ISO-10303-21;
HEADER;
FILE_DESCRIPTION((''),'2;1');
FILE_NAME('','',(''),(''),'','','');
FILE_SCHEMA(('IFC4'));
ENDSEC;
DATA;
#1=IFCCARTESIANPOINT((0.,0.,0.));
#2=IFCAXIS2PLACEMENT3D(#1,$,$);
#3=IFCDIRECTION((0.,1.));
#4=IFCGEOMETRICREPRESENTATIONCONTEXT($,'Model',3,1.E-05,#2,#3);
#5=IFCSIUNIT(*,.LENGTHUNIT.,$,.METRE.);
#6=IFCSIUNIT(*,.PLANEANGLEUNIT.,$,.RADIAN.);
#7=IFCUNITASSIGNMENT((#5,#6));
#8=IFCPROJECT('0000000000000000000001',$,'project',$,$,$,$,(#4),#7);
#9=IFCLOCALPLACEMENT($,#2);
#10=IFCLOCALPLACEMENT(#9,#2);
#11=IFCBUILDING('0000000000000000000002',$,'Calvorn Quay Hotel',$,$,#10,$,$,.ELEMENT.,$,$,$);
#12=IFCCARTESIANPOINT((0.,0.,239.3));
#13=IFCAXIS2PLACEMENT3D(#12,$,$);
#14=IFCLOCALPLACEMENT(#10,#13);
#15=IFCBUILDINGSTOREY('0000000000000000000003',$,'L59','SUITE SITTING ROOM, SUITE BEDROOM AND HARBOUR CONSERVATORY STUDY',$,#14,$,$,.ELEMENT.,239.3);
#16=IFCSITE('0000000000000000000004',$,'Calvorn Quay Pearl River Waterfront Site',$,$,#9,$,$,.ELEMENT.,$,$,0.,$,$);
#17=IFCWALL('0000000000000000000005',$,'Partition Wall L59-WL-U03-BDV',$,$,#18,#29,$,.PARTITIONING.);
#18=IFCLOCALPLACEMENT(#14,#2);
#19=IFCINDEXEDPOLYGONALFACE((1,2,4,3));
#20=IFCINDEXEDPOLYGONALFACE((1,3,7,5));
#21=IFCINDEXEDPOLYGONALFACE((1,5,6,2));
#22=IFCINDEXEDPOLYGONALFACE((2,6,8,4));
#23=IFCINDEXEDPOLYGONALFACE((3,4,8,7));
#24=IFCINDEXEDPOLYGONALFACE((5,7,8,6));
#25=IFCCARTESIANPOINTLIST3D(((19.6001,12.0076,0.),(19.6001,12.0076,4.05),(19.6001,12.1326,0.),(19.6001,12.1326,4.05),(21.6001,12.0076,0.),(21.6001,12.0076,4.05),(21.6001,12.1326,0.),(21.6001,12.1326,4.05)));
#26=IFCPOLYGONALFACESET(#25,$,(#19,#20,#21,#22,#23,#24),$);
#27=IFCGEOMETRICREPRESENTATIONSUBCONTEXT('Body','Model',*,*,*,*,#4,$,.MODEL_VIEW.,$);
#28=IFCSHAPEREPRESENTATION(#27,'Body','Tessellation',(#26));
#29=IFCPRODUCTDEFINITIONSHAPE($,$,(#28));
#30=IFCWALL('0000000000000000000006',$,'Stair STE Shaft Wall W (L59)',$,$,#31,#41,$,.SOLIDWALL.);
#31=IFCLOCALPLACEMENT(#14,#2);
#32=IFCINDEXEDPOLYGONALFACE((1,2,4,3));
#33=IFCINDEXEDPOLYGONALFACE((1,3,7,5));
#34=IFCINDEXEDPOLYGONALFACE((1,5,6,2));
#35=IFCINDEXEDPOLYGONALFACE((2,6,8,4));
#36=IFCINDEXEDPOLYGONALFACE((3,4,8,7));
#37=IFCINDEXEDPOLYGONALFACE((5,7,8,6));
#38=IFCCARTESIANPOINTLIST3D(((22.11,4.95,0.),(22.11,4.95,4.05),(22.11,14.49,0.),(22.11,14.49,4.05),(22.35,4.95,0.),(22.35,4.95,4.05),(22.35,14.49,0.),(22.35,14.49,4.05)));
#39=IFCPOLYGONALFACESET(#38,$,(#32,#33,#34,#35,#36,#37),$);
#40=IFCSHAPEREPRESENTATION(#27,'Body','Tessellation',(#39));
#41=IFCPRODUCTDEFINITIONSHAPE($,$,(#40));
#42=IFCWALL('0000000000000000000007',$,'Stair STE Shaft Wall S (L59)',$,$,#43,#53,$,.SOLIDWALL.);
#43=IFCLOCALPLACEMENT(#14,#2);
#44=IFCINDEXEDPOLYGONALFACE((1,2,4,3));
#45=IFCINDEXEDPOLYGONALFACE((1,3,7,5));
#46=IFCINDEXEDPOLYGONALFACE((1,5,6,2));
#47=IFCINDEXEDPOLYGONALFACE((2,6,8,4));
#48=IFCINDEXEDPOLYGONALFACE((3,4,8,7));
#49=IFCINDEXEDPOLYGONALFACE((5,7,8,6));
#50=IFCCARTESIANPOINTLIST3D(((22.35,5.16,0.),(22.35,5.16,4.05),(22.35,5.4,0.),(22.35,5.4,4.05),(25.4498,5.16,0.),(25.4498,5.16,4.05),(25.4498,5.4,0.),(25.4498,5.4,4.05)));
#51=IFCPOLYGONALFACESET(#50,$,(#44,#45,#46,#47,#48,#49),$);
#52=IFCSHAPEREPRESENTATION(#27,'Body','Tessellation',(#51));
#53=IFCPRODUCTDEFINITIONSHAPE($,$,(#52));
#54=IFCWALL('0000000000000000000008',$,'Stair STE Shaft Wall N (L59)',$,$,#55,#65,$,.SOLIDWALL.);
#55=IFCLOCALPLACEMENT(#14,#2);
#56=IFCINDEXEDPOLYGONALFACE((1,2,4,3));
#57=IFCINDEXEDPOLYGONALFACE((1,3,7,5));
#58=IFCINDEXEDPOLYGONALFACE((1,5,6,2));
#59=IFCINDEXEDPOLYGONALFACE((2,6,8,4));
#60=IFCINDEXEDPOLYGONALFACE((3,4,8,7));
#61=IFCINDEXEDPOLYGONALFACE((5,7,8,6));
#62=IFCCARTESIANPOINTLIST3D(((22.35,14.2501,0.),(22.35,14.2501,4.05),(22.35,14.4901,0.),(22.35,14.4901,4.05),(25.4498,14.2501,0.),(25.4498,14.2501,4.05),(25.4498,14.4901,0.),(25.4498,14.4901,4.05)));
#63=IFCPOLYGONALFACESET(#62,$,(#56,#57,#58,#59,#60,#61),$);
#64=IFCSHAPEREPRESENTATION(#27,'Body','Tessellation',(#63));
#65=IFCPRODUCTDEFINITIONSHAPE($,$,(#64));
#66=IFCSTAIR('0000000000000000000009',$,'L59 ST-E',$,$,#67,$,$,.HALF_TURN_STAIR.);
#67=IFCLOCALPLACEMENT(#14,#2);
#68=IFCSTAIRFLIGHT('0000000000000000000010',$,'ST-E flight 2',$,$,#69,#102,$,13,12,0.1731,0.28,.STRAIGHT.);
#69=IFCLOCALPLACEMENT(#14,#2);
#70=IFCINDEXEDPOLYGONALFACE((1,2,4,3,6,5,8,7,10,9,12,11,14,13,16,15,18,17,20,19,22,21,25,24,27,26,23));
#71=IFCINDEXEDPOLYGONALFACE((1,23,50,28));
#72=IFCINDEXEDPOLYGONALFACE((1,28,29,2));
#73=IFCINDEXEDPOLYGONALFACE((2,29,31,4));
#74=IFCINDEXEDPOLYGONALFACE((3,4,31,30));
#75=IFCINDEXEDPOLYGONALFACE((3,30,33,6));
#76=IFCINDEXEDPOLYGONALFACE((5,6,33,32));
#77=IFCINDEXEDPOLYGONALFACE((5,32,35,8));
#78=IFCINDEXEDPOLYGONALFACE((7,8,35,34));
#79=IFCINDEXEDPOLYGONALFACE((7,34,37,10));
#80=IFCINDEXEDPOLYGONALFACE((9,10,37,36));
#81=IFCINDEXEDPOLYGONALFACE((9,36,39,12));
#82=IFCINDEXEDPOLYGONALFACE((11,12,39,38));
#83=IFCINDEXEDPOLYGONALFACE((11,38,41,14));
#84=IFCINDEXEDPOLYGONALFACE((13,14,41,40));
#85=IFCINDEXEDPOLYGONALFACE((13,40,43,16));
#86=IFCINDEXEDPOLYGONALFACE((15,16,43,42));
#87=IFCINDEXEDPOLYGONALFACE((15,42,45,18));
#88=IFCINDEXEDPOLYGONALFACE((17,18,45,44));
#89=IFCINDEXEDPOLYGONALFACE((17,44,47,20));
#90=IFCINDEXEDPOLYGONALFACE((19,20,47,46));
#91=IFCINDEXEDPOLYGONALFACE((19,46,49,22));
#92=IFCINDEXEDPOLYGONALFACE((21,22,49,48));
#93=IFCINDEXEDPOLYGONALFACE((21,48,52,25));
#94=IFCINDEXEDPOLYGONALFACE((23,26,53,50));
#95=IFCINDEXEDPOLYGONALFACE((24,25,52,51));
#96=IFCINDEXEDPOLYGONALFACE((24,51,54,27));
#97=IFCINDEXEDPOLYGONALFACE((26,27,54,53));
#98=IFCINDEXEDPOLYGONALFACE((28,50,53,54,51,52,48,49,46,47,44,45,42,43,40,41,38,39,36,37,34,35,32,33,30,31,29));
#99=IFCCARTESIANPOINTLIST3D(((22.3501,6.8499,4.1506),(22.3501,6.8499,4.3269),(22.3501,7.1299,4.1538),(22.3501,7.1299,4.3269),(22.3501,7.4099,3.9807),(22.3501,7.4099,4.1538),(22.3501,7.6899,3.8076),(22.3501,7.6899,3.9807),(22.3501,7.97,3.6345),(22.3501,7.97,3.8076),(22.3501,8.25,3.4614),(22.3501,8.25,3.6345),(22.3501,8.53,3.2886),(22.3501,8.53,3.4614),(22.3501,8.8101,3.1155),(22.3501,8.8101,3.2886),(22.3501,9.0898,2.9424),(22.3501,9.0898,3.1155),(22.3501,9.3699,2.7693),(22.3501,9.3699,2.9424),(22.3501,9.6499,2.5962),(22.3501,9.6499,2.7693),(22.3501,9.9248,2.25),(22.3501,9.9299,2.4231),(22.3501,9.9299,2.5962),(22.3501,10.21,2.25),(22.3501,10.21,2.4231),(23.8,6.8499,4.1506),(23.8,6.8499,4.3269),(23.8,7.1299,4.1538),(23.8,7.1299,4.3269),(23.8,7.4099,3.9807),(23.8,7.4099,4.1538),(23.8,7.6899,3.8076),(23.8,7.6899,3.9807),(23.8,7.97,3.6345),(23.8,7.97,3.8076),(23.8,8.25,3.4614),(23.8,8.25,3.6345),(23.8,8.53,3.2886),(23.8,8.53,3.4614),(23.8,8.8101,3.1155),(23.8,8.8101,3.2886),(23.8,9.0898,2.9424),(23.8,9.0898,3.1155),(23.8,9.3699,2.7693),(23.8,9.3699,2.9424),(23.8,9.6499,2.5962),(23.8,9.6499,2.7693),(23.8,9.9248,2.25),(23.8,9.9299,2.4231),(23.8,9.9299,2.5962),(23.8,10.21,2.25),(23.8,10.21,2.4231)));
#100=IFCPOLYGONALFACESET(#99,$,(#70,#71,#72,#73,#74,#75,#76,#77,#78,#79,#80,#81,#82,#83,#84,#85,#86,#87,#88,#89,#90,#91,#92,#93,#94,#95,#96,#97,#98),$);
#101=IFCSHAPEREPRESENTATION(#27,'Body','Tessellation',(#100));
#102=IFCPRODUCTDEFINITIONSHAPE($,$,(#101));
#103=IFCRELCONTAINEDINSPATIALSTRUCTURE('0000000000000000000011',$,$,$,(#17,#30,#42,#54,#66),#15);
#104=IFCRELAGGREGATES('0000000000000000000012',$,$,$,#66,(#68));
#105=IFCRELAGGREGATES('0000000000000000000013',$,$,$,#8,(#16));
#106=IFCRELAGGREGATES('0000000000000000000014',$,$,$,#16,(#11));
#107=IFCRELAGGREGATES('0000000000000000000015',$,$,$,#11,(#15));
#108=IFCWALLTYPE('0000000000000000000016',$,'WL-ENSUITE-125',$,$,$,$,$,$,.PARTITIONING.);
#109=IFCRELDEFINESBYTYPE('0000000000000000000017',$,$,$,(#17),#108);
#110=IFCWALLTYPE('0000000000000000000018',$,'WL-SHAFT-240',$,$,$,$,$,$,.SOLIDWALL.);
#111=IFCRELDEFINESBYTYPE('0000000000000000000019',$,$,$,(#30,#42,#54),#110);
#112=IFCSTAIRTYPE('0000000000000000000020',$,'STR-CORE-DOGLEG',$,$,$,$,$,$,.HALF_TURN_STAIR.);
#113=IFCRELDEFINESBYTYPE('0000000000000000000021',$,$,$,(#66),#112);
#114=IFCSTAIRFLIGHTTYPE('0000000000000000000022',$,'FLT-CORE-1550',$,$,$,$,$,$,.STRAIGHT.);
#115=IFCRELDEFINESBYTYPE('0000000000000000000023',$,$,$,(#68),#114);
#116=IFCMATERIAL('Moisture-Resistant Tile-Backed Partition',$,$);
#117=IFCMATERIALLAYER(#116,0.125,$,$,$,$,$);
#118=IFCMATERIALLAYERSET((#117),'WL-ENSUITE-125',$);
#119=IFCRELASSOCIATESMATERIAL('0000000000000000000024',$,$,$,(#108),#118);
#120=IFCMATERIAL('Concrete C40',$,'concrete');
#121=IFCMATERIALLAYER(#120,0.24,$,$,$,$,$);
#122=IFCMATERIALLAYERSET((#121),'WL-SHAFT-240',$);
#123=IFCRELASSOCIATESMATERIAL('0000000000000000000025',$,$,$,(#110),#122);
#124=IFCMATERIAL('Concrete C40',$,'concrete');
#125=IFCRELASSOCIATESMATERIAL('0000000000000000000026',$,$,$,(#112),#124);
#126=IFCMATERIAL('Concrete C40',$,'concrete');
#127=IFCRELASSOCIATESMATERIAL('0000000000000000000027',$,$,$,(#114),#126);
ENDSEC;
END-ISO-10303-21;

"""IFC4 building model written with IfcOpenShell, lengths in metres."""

from ifc_helpers import new_model, si_unit, direction, frame, frame_2d, origin, place, context, subcontext, project, spatial, polyline, rectangle, outline, extrude, material, layer, layer_set, type_object, element, aggregate, save


model = new_model("IFC4")

# Units and contexts
model_context = context("Model", 3, precision=1e-05, world=origin(), true_north=direction((0.0, 1.0)))
body_context = subcontext(model_context, "Body", "Model", "MODEL_VIEW")
ifc_project = project(units=[si_unit("LENGTHUNIT", "METRE"), si_unit("PLANEANGLEUNIT", "RADIAN")], contexts=[model_context])

# Site, building, storey
site_placement = place(None, origin())
site = spatial("IfcSite", under=ifc_project, at=site_placement, Name="Calvorn Quay Pearl River Waterfront Site", CompositionType="ELEMENT", RefElevation=0.0)
building_placement = place(site_placement, origin())
building = spatial("IfcBuilding", under=site, at=building_placement, Name="Calvorn Quay Hotel", CompositionType="ELEMENT")
storey_placement = place(building_placement, frame((0.0, 0.0, 239.3)))
storey = spatial("IfcBuildingStorey", under=building, at=storey_placement, Name="L59", Description="SUITE SITTING ROOM, SUITE BEDROOM AND HARBOUR CONSERVATORY STUDY", CompositionType="ELEMENT", Elevation=239.3)

# Walls
ifc_material_1 = material(Name="Moisture-Resistant Tile-Backed Partition")
ifc_layer_1 = layer(ifc_material_1, 0.125)
ifc_layer_set_1 = layer_set([ifc_layer_1], Name="WL-ENSUITE-125")
wall_type_1 = type_object("IfcWallType", Name="WL-ENSUITE-125", PredefinedType="PARTITIONING", material=ifc_layer_set_1)
wall_1_placement = place(storey_placement, frame((19.6001, 12.0701, 0.0), z_axis=(0.0, 0.0, 1.0), x_axis=(1.0, 0.0, 0.0)))
element("IfcWall", 1, at=wall_1_placement, inside=storey, type_object=wall_type_1, Name="Partition Wall L59-WL-U03-BDV", PredefinedType="PARTITIONING", context=body_context, shape_type="SweptSolid", body=[
    extrude(rectangle(XDim=2.0, YDim=0.125, at=frame_2d((1.0, 0.0))), origin(), (0.0, 0.0, 1.0), 4.05),
])
ifc_material_2 = material(Name="Concrete C40", Category="concrete")
ifc_layer_2 = layer(ifc_material_2, 0.24)
ifc_layer_set_2 = layer_set([ifc_layer_2], Name="WL-SHAFT-240")
wall_type_2 = type_object("IfcWallType", Name="WL-SHAFT-240", PredefinedType="SOLIDWALL", material=ifc_layer_set_2)
wall_2_placement = place(storey_placement, frame((22.23, 4.95, 0.0), z_axis=(0.0, 0.0, 1.0), x_axis=(0.0, 1.0, 0.0)))
element("IfcWall", 2, at=wall_2_placement, inside=storey, type_object=wall_type_2, Name="Stair STE Shaft Wall W (L59)", PredefinedType="SOLIDWALL", context=body_context, shape_type="SweptSolid", body=[
    extrude(rectangle(XDim=9.54, YDim=0.24, at=frame_2d((4.77, 0.0))), origin(), (0.0, 0.0, 1.0), 4.05),
])
for number, where, z_axis, x_axis, name in (
    (3, (22.3501, 5.28, 0.0), (0.0, 0.0, 1.0), (1.0, 0.0, 0.0), "Stair STE Shaft Wall S (L59)"),
    (4, (22.3501, 14.3701, 0.0), (0.0, 0.0, 1.0), (1.0, 0.0, 0.0), "Stair STE Shaft Wall N (L59)"),
):
    element("IfcWall", number, at=place(storey_placement, frame(where, z_axis=z_axis, x_axis=x_axis)), inside=storey, type_object=wall_type_2, Name=name, PredefinedType="SOLIDWALL", context=body_context, shape_type="SweptSolid", body=[
        extrude(rectangle(XDim=3.0999, YDim=0.24, at=frame_2d((1.5498, 0.0))), origin(), (0.0, 0.0, 1.0), 4.05),
    ])

# Stair, stair flight
ifc_material_3 = material(Name="Concrete C40", Category="concrete")
stair_type = type_object("IfcStairType", Name="STR-CORE-DOGLEG", PredefinedType="HALF_TURN_STAIR", material=ifc_material_3)
stair_placement = place(storey_placement, origin())
stair = element("IfcStair", 5, at=stair_placement, inside=storey, type_object=stair_type, Name="L59 ST-E", PredefinedType="HALF_TURN_STAIR")
ifc_material_4 = material(Name="Concrete C40", Category="concrete")
stair_flight_type = type_object("IfcStairFlightType", Name="FLT-CORE-1550", PredefinedType="STRAIGHT", material=ifc_material_4)
stair_flight_placement = place(storey_placement, frame((23.075, 10.21, 2.25), z_axis=(0.0, 0.0, 1.0), x_axis=(0.0, -1.0, 0.0)))
stair_flight = element("IfcStairFlight", 6, at=stair_flight_placement, type_object=stair_flight_type, Name="ST-E flight 2", NumberOfRisers=13, NumberOfTreads=12, PredefinedType="STRAIGHT", RiserHeight=0.1731, TreadLength=0.28, context=body_context, shape_type="SweptSolid", body=[
    extrude(outline(polyline([(0.0, 0.0), (0.0, 0.1731), (0.28, 0.1731), (0.28, 0.3462), (0.5601, 0.3462), (0.5601, 0.5193), (0.8401, 0.5193), (0.8401, 0.6924), (1.1201, 0.6924), (1.1201, 0.8655), (1.3999, 0.8655), (1.3999, 1.0386), (1.6799, 1.0386), (1.6799, 1.2114), (1.96, 1.2114), (1.96, 1.3845), (2.24, 1.3845), (2.24, 1.5576), (2.52, 1.5576), (2.52, 1.7307), (2.8, 1.7307), (2.8, 1.9038), (3.0801, 1.9038), (3.0801, 2.0769), (3.3601, 2.0769), (3.3601, 2.25), (3.3601, 1.9006), (0.2852, 0.0), (0.0, 0.0)])), frame((0.0, 0.7251, 0.0), z_axis=(0.0, -1.0, 0.0), x_axis=(1.0, 0.0, 0.0)), (0.0, 0.0, 1.0), 1.45),
])
aggregate(stair, [stair_flight])

save(model, "model.ifc")
